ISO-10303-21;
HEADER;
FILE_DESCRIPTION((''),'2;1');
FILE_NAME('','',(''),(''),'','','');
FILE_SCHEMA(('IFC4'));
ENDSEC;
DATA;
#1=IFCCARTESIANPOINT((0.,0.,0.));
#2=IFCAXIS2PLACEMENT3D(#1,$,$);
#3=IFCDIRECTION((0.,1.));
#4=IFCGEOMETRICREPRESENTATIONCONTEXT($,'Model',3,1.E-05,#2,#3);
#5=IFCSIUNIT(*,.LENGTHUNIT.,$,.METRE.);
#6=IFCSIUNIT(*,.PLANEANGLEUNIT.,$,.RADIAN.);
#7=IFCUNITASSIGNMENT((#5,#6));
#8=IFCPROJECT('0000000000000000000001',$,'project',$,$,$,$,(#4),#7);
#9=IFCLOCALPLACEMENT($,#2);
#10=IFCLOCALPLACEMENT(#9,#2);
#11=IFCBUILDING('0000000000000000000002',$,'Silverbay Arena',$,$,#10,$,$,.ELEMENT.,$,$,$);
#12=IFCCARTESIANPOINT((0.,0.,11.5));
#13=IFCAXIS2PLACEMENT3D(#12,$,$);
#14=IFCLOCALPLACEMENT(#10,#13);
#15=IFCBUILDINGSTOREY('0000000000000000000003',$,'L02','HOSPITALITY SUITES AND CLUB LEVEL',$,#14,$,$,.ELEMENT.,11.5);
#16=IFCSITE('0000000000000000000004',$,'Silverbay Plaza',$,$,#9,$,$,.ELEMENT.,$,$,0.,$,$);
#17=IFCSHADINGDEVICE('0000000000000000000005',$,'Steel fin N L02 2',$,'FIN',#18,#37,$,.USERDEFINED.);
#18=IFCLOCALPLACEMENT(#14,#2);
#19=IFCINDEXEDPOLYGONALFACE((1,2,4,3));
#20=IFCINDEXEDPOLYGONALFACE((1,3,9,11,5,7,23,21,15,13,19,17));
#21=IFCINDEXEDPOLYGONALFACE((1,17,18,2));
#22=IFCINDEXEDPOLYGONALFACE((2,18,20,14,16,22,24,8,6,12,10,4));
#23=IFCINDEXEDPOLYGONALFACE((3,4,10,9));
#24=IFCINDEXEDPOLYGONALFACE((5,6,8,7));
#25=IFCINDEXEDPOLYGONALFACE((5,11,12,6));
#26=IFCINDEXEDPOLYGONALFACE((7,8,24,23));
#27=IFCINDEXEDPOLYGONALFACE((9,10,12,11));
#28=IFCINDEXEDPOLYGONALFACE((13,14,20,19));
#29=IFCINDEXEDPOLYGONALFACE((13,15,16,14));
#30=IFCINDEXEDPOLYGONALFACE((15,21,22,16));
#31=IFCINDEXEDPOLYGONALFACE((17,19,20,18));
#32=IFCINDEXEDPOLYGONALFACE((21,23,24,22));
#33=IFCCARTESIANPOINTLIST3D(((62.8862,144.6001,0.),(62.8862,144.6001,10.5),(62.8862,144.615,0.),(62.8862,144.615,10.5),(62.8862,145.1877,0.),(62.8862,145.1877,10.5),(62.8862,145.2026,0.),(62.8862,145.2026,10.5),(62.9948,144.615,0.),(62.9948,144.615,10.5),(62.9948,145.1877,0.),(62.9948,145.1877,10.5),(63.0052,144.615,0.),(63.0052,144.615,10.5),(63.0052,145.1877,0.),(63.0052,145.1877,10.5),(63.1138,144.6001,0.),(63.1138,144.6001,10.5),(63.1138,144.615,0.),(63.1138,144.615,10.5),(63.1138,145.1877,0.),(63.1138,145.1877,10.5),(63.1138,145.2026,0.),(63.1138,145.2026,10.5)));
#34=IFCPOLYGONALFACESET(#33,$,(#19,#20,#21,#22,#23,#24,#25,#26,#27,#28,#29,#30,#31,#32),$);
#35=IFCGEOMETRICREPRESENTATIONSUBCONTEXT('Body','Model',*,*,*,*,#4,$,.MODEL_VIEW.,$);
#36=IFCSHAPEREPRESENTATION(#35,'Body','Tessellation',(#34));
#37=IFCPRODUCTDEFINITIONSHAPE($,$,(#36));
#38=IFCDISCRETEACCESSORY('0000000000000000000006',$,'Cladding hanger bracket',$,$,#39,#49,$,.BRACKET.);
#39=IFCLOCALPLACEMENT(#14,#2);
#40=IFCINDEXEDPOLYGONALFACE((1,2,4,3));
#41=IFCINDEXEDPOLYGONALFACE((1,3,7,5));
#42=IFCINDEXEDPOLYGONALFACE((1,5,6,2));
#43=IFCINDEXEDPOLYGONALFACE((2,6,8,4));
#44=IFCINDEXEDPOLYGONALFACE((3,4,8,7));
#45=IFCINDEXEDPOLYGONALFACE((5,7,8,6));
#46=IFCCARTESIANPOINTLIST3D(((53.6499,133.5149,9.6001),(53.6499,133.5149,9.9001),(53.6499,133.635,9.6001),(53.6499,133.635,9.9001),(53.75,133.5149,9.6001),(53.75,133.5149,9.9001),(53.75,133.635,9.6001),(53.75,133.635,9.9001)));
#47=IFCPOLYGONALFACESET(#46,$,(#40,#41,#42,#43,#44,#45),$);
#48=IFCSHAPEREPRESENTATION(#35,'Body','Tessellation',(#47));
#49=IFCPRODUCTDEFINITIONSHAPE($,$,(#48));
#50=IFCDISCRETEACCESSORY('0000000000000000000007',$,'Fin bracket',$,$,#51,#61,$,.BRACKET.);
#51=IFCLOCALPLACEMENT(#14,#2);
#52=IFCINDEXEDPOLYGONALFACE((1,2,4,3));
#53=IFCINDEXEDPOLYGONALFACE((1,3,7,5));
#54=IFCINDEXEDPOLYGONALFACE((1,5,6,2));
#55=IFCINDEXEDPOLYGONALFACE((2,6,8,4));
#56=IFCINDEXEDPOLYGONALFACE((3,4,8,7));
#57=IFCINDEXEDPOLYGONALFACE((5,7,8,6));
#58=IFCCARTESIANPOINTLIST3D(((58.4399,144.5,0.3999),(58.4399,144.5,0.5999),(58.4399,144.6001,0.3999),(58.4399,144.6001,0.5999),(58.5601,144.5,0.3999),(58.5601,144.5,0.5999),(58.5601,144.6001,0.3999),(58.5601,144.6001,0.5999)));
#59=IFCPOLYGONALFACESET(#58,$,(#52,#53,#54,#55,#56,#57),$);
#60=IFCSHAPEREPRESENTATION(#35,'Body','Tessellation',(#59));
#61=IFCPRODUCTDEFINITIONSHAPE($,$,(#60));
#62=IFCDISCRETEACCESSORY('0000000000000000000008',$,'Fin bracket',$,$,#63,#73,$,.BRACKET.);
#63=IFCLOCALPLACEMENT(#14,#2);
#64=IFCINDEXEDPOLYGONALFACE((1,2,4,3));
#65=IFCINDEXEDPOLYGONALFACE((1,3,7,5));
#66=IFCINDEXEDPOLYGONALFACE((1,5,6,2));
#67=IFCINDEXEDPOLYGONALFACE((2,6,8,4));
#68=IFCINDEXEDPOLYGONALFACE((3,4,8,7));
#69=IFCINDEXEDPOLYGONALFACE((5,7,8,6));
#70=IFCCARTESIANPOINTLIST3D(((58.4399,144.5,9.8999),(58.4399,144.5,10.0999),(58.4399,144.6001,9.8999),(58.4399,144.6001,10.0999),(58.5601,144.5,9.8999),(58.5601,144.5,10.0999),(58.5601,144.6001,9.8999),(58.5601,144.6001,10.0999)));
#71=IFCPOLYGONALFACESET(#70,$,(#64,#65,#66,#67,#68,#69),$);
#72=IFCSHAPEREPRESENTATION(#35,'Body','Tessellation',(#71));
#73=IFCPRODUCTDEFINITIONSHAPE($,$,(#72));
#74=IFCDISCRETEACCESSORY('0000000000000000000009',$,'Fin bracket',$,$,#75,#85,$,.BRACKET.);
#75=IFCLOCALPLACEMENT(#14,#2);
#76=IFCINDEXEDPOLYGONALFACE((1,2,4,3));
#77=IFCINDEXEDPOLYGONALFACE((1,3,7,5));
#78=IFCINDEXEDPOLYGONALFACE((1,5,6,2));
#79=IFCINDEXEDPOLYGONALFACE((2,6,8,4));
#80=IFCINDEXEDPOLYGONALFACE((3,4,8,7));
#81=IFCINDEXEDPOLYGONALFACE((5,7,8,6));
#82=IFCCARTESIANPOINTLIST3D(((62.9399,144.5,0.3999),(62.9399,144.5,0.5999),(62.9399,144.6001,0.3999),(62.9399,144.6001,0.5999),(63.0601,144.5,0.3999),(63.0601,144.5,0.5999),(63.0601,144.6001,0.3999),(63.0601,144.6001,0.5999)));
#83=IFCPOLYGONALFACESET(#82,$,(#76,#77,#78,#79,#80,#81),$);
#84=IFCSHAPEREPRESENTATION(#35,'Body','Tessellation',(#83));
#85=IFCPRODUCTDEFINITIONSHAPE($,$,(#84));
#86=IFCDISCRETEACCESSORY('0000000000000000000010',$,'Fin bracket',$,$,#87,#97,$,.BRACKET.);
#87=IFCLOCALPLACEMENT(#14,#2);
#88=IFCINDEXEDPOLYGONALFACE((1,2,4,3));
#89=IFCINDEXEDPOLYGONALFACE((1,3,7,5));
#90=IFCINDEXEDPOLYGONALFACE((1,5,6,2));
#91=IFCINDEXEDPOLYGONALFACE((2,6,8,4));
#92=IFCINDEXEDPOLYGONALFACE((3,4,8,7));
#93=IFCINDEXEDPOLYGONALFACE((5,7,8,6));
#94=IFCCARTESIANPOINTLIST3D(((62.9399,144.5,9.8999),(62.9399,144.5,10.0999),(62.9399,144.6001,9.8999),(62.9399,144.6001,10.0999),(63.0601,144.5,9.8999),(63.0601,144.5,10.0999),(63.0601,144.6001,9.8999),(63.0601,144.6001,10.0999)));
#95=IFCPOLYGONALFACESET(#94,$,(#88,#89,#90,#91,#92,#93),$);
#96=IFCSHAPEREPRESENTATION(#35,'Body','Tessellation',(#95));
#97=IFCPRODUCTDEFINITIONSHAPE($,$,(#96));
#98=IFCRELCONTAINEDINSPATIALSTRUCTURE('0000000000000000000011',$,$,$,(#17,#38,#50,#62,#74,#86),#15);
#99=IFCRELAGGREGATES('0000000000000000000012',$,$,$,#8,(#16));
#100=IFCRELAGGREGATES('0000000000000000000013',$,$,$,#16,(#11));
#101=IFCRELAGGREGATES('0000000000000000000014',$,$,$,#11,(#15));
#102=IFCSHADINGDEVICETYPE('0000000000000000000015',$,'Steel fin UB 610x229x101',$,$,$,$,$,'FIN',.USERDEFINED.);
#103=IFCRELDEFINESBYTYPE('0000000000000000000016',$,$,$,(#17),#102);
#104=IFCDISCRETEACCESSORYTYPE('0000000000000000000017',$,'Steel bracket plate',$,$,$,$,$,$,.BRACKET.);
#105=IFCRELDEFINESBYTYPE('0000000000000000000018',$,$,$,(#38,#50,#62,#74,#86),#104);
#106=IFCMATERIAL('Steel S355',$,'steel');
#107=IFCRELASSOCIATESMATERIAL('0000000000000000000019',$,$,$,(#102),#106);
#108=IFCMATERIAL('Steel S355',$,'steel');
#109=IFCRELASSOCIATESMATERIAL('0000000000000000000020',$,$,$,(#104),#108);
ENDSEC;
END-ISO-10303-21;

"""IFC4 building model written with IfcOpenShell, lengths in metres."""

from ifc_helpers import new_model, si_unit, direction, frame, origin, origin_2d, place, context, subcontext, project, spatial, rectangle, i_section, extrude, material, material_profile, profile_set, type_object, element, save


model = new_model("IFC4")

# Units and contexts
model_context = context("Model", 3, precision=1e-05, world=origin(), true_north=direction((0.0, 1.0)))
body_context = subcontext(model_context, "Body", "Model", "MODEL_VIEW")
ifc_project = project(units=[si_unit("LENGTHUNIT", "METRE"), si_unit("PLANEANGLEUNIT", "RADIAN")], contexts=[model_context])

# Site, building, storey
site_placement = place(None, origin())
site = spatial("IfcSite", under=ifc_project, at=site_placement, Name="Silverbay Plaza", CompositionType="ELEMENT", RefElevation=0.0)
building_placement = place(site_placement, origin())
building = spatial("IfcBuilding", under=site, at=building_placement, Name="Silverbay Arena", CompositionType="ELEMENT")
storey_placement = place(building_placement, frame((0.0, 0.0, 11.5)))
storey = spatial("IfcBuildingStorey", under=building, at=storey_placement, Name="L02", Description="HOSPITALITY SUITES AND CLUB LEVEL", CompositionType="ELEMENT", Elevation=11.5)

# Shading device
ifc_material_1 = material(Name="Steel S355", Category="steel")
ifc_material_profile_1 = material_profile(ifc_material_1, i_section(OverallWidth=0.2275, OverallDepth=0.6025, WebThickness=0.0105, FlangeThickness=0.0149, at=origin_2d()), Name="UB 610x229x101")
ifc_profile_set_1 = profile_set([ifc_material_profile_1], Name="Steel S355")
shading_device_type = type_object("IfcShadingDeviceType", Name="Steel fin UB 610x229x101", ElementType="FIN", PredefinedType="USERDEFINED", material=ifc_profile_set_1)
for number, where, z_axis, x_axis, name in (
    (1, (63.0, 144.9014, 0.0), (0.0, 0.0, 1.0), (1.0, 0.0, 0.0), "Steel fin N L02 2"),
):
    element("IfcShadingDevice", number, at=place(storey_placement, frame(where, z_axis=z_axis, x_axis=x_axis)), inside=storey, type_object=shading_device_type, Name=name, ObjectType="FIN", PredefinedType="USERDEFINED", context=body_context, shape_type="SweptSolid", body=[
        extrude(i_section(OverallWidth=0.2275, OverallDepth=0.6025, WebThickness=0.0105, FlangeThickness=0.0149, at=origin_2d()), origin(), (0.0, 0.0, 1.0), 10.5),
    ])

# Discrete accessories
ifc_material_2 = material(Name="Steel S355", Category="steel")
discrete_accessory_type = type_object("IfcDiscreteAccessoryType", Name="Steel bracket plate", PredefinedType="BRACKET", material=ifc_material_2)
discrete_accessory_placement = place(storey_placement, frame((53.7, 133.575, 9.6001), z_axis=(0.0, 0.0, 1.0), x_axis=(1.0, 0.0, 0.0)))
element("IfcDiscreteAccessory", 2, at=discrete_accessory_placement, inside=storey, type_object=discrete_accessory_type, Name="Cladding hanger bracket", PredefinedType="BRACKET", context=body_context, shape_type="SweptSolid", body=[
    extrude(rectangle(XDim=0.1001, YDim=0.1201, at=origin_2d()), origin(), (0.0, 0.0, 1.0), 0.3),
])
for number, where, z_axis, x_axis, name in (
    (3, (58.5, 144.55, 0.3999), (0.0, 0.0, 1.0), (1.0, 0.0, 0.0), "Fin bracket"),
    (4, (58.5, 144.55, 9.8999), (0.0, 0.0, 1.0), (1.0, 0.0, 0.0), "Fin bracket"),
    (5, (63.0, 144.55, 0.3999), (0.0, 0.0, 1.0), (1.0, 0.0, 0.0), "Fin bracket"),
    (6, (63.0, 144.55, 9.8999), (0.0, 0.0, 1.0), (1.0, 0.0, 0.0), "Fin bracket"),
):
    element("IfcDiscreteAccessory", number, at=place(storey_placement, frame(where, z_axis=z_axis, x_axis=x_axis)), inside=storey, type_object=discrete_accessory_type, Name=name, PredefinedType="BRACKET", context=body_context, shape_type="SweptSolid", body=[
        extrude(rectangle(XDim=0.1201, YDim=0.1001, at=origin_2d()), origin(), (0.0, 0.0, 1.0), 0.2),
    ])

save(model, "model.ifc")
